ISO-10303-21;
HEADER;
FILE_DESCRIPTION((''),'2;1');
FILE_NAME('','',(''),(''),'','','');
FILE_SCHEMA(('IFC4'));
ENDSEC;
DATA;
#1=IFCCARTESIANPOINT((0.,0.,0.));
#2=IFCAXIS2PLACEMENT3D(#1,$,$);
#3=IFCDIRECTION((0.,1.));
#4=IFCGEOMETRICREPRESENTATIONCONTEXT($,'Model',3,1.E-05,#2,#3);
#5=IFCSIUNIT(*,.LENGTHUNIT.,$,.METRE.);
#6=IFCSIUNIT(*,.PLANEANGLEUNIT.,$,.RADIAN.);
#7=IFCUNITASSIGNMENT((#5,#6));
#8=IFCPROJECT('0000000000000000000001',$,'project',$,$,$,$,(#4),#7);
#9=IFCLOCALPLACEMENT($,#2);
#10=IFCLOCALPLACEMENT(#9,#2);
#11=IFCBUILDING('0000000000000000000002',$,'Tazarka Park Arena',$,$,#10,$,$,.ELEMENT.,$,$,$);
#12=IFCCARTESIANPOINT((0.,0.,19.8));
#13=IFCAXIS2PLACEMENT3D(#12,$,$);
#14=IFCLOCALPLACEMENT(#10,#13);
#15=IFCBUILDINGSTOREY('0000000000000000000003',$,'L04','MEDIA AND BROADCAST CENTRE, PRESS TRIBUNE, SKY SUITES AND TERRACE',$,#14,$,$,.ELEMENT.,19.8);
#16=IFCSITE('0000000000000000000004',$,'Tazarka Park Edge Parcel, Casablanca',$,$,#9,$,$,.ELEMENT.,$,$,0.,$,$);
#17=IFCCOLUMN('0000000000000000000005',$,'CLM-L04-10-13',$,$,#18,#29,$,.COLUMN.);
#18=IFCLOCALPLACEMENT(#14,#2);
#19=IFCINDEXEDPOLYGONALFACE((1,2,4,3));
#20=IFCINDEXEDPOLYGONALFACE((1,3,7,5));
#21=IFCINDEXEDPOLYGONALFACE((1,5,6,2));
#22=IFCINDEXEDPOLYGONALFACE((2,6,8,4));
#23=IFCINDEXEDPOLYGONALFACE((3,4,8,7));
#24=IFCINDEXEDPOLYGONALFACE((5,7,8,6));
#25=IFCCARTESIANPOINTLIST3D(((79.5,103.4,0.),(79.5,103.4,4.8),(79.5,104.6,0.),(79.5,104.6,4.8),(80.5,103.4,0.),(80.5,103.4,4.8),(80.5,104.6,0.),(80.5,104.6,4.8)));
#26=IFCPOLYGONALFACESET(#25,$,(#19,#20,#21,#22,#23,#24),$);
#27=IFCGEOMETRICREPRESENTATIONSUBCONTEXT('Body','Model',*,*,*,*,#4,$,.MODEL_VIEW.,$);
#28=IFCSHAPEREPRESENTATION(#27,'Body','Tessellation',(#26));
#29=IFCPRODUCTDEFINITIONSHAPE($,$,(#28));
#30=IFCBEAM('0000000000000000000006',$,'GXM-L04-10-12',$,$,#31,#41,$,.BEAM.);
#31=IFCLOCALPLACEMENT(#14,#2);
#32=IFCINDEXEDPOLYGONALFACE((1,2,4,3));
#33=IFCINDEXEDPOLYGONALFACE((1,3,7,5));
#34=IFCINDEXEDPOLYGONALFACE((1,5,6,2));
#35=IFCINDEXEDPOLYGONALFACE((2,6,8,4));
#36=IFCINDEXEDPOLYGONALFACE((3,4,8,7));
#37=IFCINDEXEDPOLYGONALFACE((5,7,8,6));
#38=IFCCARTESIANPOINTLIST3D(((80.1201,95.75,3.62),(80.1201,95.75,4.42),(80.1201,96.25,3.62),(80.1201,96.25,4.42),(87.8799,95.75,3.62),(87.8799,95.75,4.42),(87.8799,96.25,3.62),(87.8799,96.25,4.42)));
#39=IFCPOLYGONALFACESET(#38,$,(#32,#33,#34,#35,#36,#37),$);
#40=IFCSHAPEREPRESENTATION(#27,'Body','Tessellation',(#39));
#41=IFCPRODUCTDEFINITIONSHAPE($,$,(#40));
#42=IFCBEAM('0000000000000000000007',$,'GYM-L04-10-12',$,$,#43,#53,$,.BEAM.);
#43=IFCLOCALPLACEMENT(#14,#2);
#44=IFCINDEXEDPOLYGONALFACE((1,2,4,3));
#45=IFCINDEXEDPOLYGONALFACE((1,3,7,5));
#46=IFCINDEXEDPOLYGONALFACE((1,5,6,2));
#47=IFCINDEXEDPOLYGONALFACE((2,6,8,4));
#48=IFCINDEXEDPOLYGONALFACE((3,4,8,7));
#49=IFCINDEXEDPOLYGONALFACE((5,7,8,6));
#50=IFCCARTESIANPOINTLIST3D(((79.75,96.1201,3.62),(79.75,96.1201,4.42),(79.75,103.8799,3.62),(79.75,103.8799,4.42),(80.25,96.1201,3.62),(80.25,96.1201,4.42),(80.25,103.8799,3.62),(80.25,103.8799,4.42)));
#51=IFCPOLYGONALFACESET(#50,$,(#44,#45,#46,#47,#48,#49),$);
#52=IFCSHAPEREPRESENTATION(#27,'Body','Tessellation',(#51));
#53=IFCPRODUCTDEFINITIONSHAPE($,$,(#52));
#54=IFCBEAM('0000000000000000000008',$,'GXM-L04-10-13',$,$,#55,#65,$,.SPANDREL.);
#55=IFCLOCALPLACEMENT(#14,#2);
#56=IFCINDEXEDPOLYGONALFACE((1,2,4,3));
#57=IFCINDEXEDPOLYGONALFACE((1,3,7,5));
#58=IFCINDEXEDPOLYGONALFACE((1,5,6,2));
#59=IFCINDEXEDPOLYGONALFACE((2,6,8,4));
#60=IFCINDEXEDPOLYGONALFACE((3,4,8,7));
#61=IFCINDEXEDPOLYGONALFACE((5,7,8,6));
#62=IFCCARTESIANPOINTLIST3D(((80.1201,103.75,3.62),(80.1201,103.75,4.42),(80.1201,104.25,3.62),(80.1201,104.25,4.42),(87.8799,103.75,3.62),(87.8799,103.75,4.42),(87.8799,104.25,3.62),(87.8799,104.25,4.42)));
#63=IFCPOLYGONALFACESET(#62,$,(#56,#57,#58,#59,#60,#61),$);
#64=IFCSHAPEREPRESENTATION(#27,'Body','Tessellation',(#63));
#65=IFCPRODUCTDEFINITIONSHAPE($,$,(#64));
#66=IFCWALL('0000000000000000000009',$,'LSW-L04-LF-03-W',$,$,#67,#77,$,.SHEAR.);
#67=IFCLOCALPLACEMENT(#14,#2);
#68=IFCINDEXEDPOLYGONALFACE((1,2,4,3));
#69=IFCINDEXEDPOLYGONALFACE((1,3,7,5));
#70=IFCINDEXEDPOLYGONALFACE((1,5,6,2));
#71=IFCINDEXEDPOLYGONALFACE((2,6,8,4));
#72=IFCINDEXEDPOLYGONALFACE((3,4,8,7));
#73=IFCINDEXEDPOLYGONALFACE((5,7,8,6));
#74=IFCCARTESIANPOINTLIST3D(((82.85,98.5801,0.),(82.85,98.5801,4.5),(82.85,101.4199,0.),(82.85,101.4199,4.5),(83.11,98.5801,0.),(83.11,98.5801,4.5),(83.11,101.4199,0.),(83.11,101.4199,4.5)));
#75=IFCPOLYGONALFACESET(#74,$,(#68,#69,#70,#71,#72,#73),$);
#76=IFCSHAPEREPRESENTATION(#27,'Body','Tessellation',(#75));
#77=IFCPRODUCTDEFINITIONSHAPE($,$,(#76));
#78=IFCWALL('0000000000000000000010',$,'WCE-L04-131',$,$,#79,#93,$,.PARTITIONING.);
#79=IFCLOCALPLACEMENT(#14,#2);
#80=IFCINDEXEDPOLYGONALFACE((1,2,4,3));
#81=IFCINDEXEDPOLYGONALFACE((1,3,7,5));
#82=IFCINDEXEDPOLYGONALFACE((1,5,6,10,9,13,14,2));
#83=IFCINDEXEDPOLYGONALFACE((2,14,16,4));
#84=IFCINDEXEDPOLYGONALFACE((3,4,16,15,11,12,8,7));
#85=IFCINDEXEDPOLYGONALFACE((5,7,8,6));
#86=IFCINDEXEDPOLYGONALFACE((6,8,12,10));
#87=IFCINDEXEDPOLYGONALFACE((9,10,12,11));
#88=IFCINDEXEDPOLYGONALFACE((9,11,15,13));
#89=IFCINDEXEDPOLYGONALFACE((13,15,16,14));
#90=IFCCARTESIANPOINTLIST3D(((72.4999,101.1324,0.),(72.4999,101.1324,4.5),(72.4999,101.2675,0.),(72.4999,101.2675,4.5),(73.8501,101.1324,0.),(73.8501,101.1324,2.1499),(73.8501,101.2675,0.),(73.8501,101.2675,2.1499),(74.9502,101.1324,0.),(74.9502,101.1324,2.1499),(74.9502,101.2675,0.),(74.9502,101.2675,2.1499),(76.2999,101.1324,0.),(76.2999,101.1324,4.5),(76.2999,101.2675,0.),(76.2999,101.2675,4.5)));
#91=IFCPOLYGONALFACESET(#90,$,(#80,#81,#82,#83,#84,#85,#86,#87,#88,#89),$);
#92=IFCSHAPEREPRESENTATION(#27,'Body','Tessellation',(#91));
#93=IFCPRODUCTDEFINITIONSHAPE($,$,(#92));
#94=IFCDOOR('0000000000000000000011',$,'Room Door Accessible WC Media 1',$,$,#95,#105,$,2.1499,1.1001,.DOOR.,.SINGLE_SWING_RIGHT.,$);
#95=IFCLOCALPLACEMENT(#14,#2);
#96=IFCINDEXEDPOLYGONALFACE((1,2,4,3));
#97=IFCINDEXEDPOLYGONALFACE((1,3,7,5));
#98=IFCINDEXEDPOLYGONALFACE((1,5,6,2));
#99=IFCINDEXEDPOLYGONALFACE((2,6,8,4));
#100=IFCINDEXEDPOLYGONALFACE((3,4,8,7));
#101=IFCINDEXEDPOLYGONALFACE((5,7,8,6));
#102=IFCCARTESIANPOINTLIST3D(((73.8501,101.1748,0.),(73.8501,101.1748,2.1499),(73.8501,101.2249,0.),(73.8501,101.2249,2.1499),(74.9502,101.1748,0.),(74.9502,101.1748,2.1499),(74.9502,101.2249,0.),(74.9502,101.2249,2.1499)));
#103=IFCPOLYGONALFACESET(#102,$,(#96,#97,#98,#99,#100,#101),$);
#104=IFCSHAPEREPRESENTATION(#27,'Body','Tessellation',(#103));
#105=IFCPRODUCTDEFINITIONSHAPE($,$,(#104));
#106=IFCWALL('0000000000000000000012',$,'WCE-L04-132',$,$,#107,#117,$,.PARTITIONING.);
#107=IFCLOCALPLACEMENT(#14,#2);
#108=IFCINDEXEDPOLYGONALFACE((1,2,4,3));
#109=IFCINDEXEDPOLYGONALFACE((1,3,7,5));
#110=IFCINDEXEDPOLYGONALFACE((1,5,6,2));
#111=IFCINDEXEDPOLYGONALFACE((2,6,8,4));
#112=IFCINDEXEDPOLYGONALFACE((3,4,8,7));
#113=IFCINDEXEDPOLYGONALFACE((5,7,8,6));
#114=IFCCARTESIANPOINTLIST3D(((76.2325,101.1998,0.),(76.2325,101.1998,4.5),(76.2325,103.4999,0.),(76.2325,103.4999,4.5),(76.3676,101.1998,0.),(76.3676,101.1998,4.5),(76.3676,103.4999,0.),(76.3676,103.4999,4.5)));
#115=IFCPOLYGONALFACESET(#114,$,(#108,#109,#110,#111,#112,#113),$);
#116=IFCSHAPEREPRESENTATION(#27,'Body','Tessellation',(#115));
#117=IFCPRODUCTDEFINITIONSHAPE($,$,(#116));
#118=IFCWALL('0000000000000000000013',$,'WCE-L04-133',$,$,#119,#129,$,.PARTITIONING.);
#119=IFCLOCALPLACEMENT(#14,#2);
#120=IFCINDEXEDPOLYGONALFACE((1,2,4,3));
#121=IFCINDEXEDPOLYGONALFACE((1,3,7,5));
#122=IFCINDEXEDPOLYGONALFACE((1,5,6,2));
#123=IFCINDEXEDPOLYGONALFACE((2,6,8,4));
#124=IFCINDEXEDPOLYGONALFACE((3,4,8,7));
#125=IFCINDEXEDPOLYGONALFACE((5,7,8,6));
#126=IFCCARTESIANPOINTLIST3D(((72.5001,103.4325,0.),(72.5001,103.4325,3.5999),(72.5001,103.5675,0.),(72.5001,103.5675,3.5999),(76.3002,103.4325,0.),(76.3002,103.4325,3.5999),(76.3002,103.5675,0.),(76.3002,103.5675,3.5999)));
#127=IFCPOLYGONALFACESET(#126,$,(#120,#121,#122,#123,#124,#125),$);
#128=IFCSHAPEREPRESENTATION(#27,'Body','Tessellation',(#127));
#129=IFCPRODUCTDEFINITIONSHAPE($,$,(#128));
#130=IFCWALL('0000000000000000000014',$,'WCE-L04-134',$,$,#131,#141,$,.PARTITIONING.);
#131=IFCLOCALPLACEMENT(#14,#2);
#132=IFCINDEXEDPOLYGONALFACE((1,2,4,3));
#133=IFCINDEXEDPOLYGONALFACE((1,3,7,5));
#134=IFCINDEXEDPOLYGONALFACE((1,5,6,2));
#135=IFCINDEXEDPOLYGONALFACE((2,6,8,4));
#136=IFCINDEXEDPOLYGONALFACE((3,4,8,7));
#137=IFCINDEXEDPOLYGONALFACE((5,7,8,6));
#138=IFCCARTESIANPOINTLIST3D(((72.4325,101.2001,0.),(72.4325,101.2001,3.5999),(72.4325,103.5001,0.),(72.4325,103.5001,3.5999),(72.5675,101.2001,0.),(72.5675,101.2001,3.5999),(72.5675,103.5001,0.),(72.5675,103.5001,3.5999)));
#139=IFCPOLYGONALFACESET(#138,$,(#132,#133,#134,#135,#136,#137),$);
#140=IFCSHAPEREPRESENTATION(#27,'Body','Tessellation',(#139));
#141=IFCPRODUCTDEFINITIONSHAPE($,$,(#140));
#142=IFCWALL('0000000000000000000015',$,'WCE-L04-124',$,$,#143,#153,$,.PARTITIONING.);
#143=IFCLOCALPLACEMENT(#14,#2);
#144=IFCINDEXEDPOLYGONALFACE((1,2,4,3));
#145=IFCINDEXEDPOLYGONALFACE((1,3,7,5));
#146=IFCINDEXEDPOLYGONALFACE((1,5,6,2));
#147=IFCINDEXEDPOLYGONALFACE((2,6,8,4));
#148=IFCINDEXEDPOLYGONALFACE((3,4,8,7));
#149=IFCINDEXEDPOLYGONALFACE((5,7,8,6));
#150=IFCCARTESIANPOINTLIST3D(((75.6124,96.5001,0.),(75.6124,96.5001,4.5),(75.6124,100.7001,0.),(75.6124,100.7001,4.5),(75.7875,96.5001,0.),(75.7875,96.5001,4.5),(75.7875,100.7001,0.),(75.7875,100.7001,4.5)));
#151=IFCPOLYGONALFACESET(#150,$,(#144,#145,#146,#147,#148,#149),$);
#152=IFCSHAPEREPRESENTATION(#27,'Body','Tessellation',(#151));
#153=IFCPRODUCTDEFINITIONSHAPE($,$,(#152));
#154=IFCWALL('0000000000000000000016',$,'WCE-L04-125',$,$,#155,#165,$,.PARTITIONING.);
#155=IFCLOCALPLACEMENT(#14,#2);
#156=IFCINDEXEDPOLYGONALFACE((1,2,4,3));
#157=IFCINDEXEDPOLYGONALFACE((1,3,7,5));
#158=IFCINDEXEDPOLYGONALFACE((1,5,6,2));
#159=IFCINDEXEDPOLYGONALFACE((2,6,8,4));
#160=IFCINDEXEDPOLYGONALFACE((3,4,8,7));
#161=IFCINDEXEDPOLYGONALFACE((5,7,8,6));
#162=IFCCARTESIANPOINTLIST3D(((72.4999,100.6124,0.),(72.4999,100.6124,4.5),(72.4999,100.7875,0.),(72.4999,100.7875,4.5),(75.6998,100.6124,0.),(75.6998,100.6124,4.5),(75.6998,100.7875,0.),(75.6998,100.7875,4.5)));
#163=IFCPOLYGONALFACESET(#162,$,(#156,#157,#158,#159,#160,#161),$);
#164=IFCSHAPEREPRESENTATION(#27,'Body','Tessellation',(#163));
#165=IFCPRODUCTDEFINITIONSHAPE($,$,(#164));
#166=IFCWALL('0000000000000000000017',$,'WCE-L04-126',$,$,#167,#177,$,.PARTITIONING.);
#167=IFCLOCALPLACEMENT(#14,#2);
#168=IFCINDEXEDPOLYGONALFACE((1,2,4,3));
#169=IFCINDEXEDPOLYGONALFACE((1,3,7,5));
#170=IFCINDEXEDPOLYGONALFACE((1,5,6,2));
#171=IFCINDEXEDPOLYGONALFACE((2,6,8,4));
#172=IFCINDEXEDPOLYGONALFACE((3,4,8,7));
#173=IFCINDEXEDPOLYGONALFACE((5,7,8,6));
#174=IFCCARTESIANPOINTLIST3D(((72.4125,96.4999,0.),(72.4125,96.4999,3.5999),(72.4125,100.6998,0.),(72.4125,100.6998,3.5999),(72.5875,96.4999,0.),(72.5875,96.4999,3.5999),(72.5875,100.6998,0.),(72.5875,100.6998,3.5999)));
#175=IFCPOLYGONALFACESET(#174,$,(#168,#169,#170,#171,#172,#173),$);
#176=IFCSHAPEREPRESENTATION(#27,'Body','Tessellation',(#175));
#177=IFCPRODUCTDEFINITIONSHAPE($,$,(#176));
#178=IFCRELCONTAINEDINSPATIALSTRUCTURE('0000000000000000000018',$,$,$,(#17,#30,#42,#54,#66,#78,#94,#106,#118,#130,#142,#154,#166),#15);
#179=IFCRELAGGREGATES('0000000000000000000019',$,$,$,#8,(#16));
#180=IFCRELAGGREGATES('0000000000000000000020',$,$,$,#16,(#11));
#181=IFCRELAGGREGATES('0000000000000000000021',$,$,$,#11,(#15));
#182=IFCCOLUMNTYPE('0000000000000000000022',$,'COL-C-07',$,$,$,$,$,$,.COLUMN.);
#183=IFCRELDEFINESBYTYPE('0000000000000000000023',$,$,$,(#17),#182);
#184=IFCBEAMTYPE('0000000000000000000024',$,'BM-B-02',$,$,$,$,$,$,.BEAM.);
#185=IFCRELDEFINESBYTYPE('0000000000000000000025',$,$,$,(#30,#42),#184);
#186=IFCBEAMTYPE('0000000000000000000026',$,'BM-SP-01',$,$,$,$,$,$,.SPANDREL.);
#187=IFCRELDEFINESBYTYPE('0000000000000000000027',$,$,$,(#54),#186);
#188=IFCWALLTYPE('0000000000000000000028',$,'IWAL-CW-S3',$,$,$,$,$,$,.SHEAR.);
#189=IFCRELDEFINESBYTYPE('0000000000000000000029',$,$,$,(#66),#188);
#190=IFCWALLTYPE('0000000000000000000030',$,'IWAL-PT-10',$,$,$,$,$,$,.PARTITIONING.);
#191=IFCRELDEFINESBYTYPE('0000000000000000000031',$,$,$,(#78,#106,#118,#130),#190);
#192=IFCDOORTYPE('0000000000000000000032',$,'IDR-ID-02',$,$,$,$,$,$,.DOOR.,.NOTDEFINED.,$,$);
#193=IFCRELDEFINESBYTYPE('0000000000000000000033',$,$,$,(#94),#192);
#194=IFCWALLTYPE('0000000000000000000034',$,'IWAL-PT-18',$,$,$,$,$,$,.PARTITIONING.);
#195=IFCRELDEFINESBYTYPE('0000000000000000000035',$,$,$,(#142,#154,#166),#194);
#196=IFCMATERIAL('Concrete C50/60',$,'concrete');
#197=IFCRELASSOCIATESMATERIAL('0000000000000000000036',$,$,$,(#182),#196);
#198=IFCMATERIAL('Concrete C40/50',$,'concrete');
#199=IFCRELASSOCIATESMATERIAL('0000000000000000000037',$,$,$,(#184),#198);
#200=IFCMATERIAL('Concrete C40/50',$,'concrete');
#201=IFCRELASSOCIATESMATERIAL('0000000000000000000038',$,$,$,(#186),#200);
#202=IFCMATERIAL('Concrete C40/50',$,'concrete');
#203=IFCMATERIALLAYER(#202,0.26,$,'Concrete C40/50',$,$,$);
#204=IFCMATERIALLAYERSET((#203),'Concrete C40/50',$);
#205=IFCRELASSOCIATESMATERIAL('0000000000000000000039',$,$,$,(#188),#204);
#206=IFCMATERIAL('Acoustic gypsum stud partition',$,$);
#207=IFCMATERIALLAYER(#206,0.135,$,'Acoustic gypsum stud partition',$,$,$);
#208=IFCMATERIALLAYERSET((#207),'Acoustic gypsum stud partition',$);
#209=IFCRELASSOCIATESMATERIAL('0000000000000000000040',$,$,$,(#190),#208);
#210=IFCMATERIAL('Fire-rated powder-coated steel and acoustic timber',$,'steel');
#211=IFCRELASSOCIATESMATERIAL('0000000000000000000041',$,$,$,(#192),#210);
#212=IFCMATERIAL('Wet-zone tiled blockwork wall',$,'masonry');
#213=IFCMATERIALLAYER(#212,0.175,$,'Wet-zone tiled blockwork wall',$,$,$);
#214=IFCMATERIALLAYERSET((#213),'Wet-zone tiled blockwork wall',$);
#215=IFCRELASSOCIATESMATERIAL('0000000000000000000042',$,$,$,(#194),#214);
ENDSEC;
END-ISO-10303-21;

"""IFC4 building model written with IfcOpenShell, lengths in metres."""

from ifc_helpers import new_model, si_unit, direction, frame, frame_2d, origin, origin_2d, place, context, subcontext, project, spatial, rectangle, extrude, material, layer, layer_set, material_profile, profile_set, type_object, element, fill, save


model = new_model("IFC4")

# Units and contexts
model_context = context("Model", 3, precision=1e-05, world=origin(), true_north=direction((0.0, 1.0)))
body_context = subcontext(model_context, "Body", "Model", "MODEL_VIEW")
ifc_project = project(units=[si_unit("LENGTHUNIT", "METRE"), si_unit("PLANEANGLEUNIT", "RADIAN")], contexts=[model_context])

# Site, building, storey
site_placement = place(None, origin())
site = spatial("IfcSite", under=ifc_project, at=site_placement, Name="Tazarka Park Edge Parcel, Casablanca", CompositionType="ELEMENT", RefElevation=0.0)
building_placement = place(site_placement, origin())
building = spatial("IfcBuilding", under=site, at=building_placement, Name="Tazarka Park Arena", CompositionType="ELEMENT")
storey_placement = place(building_placement, frame((0.0, 0.0, 19.8)))
storey = spatial("IfcBuildingStorey", under=building, at=storey_placement, Name="L04", Description="MEDIA AND BROADCAST CENTRE, PRESS TRIBUNE, SKY SUITES AND TERRACE", CompositionType="ELEMENT", Elevation=19.8)

# Column
ifc_material_1 = material(Name="Concrete C50/60", Category="concrete")
ifc_material_profile_1 = material_profile(ifc_material_1, rectangle(XDim=1.0, YDim=1.2, at=origin_2d()), Name="Concrete C50/60")
ifc_profile_set_1 = profile_set([ifc_material_profile_1], Name="Concrete C50/60")
column_type = type_object("IfcColumnType", Name="COL-C-07", PredefinedType="COLUMN", material=ifc_profile_set_1)
column_placement = place(storey_placement, frame((80.0, 104.0, 0.0), z_axis=(0.0, 0.0, 1.0), x_axis=(1.0, 0.0, 0.0)))
element("IfcColumn", 1, at=column_placement, inside=storey, type_object=column_type, Name="CLM-L04-10-13", PredefinedType="COLUMN", context=body_context, shape_type="SweptSolid", body=[
    extrude(rectangle(XDim=1.0, YDim=1.2, at=origin_2d()), origin(), (0.0, 0.0, 1.0), 4.8),
])

# Beams
ifc_material_2 = material(Name="Concrete C40/50", Category="concrete")
ifc_material_profile_2 = material_profile(ifc_material_2, rectangle(XDim=0.5, YDim=0.8, at=origin_2d()), Name="Concrete C40/50")
ifc_profile_set_2 = profile_set([ifc_material_profile_2], Name="Concrete C40/50")
beam_type_1 = type_object("IfcBeamType", Name="BM-B-02", PredefinedType="BEAM", material=ifc_profile_set_2)
for number, where, z_axis, x_axis, name in (
    (2, (80.1201, 96.0, 4.02), (1.0, 0.0, 0.0), (0.0, 1.0, 0.0), "GXM-L04-10-12"),
    (3, (80.0, 96.1201, 4.02), (0.0, 1.0, 0.0), (-1.0, 0.0, 0.0), "GYM-L04-10-12"),
):
    element("IfcBeam", number, at=place(storey_placement, frame(where, z_axis=z_axis, x_axis=x_axis)), inside=storey, type_object=beam_type_1, Name=name, PredefinedType="BEAM", context=body_context, shape_type="SweptSolid", body=[
        extrude(rectangle(XDim=0.5, YDim=0.8, at=origin_2d()), origin(), (0.0, 0.0, 1.0), 7.7598),
    ])
ifc_material_3 = material(Name="Concrete C40/50", Category="concrete")
ifc_material_profile_3 = material_profile(ifc_material_3, rectangle(XDim=0.5, YDim=0.8, at=origin_2d()), Name="Concrete C40/50")
ifc_profile_set_3 = profile_set([ifc_material_profile_3], Name="Concrete C40/50")
beam_type_2 = type_object("IfcBeamType", Name="BM-SP-01", PredefinedType="SPANDREL", material=ifc_profile_set_3)
beam_placement = place(storey_placement, frame((80.1201, 104.0, 4.02), z_axis=(1.0, 0.0, 0.0), x_axis=(0.0, 1.0, 0.0)))
element("IfcBeam", 4, at=beam_placement, inside=storey, type_object=beam_type_2, Name="GXM-L04-10-13", PredefinedType="SPANDREL", context=body_context, shape_type="SweptSolid", body=[
    extrude(rectangle(XDim=0.5, YDim=0.8, at=origin_2d()), origin(), (0.0, 0.0, 1.0), 7.7598),
])

# Wall
ifc_material_4 = material(Name="Concrete C40/50", Category="concrete")
ifc_layer_1 = layer(ifc_material_4, 0.26, Name="Concrete C40/50")
ifc_layer_set_1 = layer_set([ifc_layer_1], Name="Concrete C40/50")
wall_type_1 = type_object("IfcWallType", Name="IWAL-CW-S3", PredefinedType="SHEAR", material=ifc_layer_set_1)
wall_1_placement = place(storey_placement, frame((82.98, 98.5801, 0.0), z_axis=(0.0, 0.0, 1.0), x_axis=(0.0, 1.0, 0.0)))
element("IfcWall", 5, at=wall_1_placement, inside=storey, type_object=wall_type_1, Name="LSW-L04-LF-03-W", PredefinedType="SHEAR", context=body_context, shape_type="SweptSolid", body=[
    extrude(rectangle(XDim=2.8398, YDim=0.26, at=frame_2d((1.4199, 0.0))), origin(), (0.0, 0.0, 1.0), 4.5),
])

# Wall, opening, door
ifc_material_5 = material(Name="Acoustic gypsum stud partition")
ifc_layer_2 = layer(ifc_material_5, 0.135, Name="Acoustic gypsum stud partition")
ifc_layer_set_2 = layer_set([ifc_layer_2], Name="Acoustic gypsum stud partition")
wall_type_2 = type_object("IfcWallType", Name="IWAL-PT-10", PredefinedType="PARTITIONING", material=ifc_layer_set_2)
wall_2_placement = place(storey_placement, frame((72.5, 101.2, 0.0), z_axis=(0.0, 0.0, 1.0), x_axis=(1.0, 0.0, 0.0)))
wall_2 = element("IfcWall", 6, at=wall_2_placement, inside=storey, type_object=wall_type_2, Name="WCE-L04-131", PredefinedType="PARTITIONING", context=body_context, shape_type="SweptSolid", body=[
    extrude(rectangle(XDim=3.8, YDim=0.135, at=frame_2d((1.8999, 0.0))), origin(), (0.0, 0.0, 1.0), 4.5),
])
opening_1_placement = place(wall_2_placement, frame((1.3501, 0.0, 0.0)))
opening_1 = element("IfcOpeningElement", 7, at=opening_1_placement, cuts=wall_2, PredefinedType="OPENING", context=body_context, shape_type="SweptSolid", body=[
    extrude(rectangle(XDim=1.1001, YDim=2.1499, at=frame_2d((0.55, 1.075))), frame((0.0, 0.0776, 0.0), z_axis=(0.0, -1.0, 0.0), x_axis=(1.0, 0.0, 0.0)), (0.0, 0.0, 1.0), 0.155),
])
ifc_material_6 = material(Name="Fire-rated powder-coated steel and acoustic timber", Category="steel")
door_type_1 = type_object("IfcDoorType", Name="IDR-ID-02", OperationType="NOTDEFINED", PredefinedType="DOOR", material=ifc_material_6)
door_1_placement = place(opening_1_placement, origin())
door_1 = element("IfcDoor", 8, at=door_1_placement, inside=storey, type_object=door_type_1, Name="Room Door Accessible WC Media 1", OperationType="SINGLE_SWING_RIGHT", OverallHeight=2.1499, OverallWidth=1.1001, PredefinedType="DOOR", context=body_context, shape_type="SweptSolid", body=[
    extrude(rectangle(XDim=1.1001, YDim=2.1499, at=frame_2d((0.55, 1.075))), frame((0.0, 0.0249, 0.0), z_axis=(0.0, -1.0, 0.0), x_axis=(1.0, 0.0, 0.0)), (0.0, 0.0, 1.0), 0.05),
])
fill(opening_1, door_1)

# Walls
wall_3_placement = place(storey_placement, frame((76.3, 101.2, 0.0), z_axis=(0.0, 0.0, 1.0), x_axis=(0.0, 1.0, 0.0)))
element("IfcWall", 9, at=wall_3_placement, inside=storey, type_object=wall_type_2, Name="WCE-L04-132", PredefinedType="PARTITIONING", context=body_context, shape_type="SweptSolid", body=[
    extrude(rectangle(XDim=2.3, YDim=0.135, at=frame_2d((1.1499, 0.0))), origin(), (0.0, 0.0, 1.0), 4.5),
])
wall_4_placement = place(storey_placement, frame((76.3, 103.5, 0.0), z_axis=(0.0, 0.0, 1.0), x_axis=(-1.0, 0.0, 0.0)))
element("IfcWall", 10, at=wall_4_placement, inside=storey, type_object=wall_type_2, Name="WCE-L04-133", PredefinedType="PARTITIONING", context=body_context, shape_type="SweptSolid", body=[
    extrude(rectangle(XDim=3.8, YDim=0.135, at=frame_2d((1.8999, 0.0))), origin(), (0.0, 0.0, 1.0), 3.5999),
])
wall_5_placement = place(storey_placement, frame((72.5, 103.5, 0.0), z_axis=(0.0, 0.0, 1.0), x_axis=(0.0, -1.0, 0.0)))
element("IfcWall", 11, at=wall_5_placement, inside=storey, type_object=wall_type_2, Name="WCE-L04-134", PredefinedType="PARTITIONING", context=body_context, shape_type="SweptSolid", body=[
    extrude(rectangle(XDim=2.3, YDim=0.135, at=frame_2d((1.1499, 0.0))), origin(), (0.0, 0.0, 1.0), 3.5999),
])

# Shared definitions
ifc_material_7 = material(Name="Wet-zone tiled blockwork wall", Category="masonry")
ifc_layer_3 = layer(ifc_material_7, 0.175, Name="Wet-zone tiled blockwork wall")
ifc_layer_set_3 = layer_set([ifc_layer_3], Name="Wet-zone tiled blockwork wall")
wall_type_3 = type_object("IfcWallType", Name="IWAL-PT-18", PredefinedType="PARTITIONING", material=ifc_layer_set_3)

# Walls
wall_6_placement = place(storey_placement, frame((75.7, 96.5, 0.0), z_axis=(0.0, 0.0, 1.0), x_axis=(0.0, 1.0, 0.0)))
element("IfcWall", 12, at=wall_6_placement, inside=storey, type_object=wall_type_3, Name="WCE-L04-124", PredefinedType="PARTITIONING", context=body_context, shape_type="SweptSolid", body=[
    extrude(rectangle(XDim=4.2, YDim=0.175, at=frame_2d((2.1001, 0.0))), origin(), (0.0, 0.0, 1.0), 4.5),
])
wall_7_placement = place(storey_placement, frame((75.7, 100.7, 0.0), z_axis=(0.0, 0.0, 1.0), x_axis=(-1.0, 0.0, 0.0)))
element("IfcWall", 13, at=wall_7_placement, inside=storey, type_object=wall_type_3, Name="WCE-L04-125", PredefinedType="PARTITIONING", context=body_context, shape_type="SweptSolid", body=[
    extrude(rectangle(XDim=3.2, YDim=0.175, at=frame_2d((1.6001, 0.0))), origin(), (0.0, 0.0, 1.0), 4.5),
])
wall_8_placement = place(storey_placement, frame((72.5, 100.7, 0.0), z_axis=(0.0, 0.0, 1.0), x_axis=(0.0, -1.0, 0.0)))
element("IfcWall", 14, at=wall_8_placement, inside=storey, type_object=wall_type_3, Name="WCE-L04-126", PredefinedType="PARTITIONING", context=body_context, shape_type="SweptSolid", body=[
    extrude(rectangle(XDim=4.2, YDim=0.175, at=frame_2d((2.1001, 0.0))), origin(), (0.0, 0.0, 1.0), 3.5999),
])

save(model, "model.ifc")
